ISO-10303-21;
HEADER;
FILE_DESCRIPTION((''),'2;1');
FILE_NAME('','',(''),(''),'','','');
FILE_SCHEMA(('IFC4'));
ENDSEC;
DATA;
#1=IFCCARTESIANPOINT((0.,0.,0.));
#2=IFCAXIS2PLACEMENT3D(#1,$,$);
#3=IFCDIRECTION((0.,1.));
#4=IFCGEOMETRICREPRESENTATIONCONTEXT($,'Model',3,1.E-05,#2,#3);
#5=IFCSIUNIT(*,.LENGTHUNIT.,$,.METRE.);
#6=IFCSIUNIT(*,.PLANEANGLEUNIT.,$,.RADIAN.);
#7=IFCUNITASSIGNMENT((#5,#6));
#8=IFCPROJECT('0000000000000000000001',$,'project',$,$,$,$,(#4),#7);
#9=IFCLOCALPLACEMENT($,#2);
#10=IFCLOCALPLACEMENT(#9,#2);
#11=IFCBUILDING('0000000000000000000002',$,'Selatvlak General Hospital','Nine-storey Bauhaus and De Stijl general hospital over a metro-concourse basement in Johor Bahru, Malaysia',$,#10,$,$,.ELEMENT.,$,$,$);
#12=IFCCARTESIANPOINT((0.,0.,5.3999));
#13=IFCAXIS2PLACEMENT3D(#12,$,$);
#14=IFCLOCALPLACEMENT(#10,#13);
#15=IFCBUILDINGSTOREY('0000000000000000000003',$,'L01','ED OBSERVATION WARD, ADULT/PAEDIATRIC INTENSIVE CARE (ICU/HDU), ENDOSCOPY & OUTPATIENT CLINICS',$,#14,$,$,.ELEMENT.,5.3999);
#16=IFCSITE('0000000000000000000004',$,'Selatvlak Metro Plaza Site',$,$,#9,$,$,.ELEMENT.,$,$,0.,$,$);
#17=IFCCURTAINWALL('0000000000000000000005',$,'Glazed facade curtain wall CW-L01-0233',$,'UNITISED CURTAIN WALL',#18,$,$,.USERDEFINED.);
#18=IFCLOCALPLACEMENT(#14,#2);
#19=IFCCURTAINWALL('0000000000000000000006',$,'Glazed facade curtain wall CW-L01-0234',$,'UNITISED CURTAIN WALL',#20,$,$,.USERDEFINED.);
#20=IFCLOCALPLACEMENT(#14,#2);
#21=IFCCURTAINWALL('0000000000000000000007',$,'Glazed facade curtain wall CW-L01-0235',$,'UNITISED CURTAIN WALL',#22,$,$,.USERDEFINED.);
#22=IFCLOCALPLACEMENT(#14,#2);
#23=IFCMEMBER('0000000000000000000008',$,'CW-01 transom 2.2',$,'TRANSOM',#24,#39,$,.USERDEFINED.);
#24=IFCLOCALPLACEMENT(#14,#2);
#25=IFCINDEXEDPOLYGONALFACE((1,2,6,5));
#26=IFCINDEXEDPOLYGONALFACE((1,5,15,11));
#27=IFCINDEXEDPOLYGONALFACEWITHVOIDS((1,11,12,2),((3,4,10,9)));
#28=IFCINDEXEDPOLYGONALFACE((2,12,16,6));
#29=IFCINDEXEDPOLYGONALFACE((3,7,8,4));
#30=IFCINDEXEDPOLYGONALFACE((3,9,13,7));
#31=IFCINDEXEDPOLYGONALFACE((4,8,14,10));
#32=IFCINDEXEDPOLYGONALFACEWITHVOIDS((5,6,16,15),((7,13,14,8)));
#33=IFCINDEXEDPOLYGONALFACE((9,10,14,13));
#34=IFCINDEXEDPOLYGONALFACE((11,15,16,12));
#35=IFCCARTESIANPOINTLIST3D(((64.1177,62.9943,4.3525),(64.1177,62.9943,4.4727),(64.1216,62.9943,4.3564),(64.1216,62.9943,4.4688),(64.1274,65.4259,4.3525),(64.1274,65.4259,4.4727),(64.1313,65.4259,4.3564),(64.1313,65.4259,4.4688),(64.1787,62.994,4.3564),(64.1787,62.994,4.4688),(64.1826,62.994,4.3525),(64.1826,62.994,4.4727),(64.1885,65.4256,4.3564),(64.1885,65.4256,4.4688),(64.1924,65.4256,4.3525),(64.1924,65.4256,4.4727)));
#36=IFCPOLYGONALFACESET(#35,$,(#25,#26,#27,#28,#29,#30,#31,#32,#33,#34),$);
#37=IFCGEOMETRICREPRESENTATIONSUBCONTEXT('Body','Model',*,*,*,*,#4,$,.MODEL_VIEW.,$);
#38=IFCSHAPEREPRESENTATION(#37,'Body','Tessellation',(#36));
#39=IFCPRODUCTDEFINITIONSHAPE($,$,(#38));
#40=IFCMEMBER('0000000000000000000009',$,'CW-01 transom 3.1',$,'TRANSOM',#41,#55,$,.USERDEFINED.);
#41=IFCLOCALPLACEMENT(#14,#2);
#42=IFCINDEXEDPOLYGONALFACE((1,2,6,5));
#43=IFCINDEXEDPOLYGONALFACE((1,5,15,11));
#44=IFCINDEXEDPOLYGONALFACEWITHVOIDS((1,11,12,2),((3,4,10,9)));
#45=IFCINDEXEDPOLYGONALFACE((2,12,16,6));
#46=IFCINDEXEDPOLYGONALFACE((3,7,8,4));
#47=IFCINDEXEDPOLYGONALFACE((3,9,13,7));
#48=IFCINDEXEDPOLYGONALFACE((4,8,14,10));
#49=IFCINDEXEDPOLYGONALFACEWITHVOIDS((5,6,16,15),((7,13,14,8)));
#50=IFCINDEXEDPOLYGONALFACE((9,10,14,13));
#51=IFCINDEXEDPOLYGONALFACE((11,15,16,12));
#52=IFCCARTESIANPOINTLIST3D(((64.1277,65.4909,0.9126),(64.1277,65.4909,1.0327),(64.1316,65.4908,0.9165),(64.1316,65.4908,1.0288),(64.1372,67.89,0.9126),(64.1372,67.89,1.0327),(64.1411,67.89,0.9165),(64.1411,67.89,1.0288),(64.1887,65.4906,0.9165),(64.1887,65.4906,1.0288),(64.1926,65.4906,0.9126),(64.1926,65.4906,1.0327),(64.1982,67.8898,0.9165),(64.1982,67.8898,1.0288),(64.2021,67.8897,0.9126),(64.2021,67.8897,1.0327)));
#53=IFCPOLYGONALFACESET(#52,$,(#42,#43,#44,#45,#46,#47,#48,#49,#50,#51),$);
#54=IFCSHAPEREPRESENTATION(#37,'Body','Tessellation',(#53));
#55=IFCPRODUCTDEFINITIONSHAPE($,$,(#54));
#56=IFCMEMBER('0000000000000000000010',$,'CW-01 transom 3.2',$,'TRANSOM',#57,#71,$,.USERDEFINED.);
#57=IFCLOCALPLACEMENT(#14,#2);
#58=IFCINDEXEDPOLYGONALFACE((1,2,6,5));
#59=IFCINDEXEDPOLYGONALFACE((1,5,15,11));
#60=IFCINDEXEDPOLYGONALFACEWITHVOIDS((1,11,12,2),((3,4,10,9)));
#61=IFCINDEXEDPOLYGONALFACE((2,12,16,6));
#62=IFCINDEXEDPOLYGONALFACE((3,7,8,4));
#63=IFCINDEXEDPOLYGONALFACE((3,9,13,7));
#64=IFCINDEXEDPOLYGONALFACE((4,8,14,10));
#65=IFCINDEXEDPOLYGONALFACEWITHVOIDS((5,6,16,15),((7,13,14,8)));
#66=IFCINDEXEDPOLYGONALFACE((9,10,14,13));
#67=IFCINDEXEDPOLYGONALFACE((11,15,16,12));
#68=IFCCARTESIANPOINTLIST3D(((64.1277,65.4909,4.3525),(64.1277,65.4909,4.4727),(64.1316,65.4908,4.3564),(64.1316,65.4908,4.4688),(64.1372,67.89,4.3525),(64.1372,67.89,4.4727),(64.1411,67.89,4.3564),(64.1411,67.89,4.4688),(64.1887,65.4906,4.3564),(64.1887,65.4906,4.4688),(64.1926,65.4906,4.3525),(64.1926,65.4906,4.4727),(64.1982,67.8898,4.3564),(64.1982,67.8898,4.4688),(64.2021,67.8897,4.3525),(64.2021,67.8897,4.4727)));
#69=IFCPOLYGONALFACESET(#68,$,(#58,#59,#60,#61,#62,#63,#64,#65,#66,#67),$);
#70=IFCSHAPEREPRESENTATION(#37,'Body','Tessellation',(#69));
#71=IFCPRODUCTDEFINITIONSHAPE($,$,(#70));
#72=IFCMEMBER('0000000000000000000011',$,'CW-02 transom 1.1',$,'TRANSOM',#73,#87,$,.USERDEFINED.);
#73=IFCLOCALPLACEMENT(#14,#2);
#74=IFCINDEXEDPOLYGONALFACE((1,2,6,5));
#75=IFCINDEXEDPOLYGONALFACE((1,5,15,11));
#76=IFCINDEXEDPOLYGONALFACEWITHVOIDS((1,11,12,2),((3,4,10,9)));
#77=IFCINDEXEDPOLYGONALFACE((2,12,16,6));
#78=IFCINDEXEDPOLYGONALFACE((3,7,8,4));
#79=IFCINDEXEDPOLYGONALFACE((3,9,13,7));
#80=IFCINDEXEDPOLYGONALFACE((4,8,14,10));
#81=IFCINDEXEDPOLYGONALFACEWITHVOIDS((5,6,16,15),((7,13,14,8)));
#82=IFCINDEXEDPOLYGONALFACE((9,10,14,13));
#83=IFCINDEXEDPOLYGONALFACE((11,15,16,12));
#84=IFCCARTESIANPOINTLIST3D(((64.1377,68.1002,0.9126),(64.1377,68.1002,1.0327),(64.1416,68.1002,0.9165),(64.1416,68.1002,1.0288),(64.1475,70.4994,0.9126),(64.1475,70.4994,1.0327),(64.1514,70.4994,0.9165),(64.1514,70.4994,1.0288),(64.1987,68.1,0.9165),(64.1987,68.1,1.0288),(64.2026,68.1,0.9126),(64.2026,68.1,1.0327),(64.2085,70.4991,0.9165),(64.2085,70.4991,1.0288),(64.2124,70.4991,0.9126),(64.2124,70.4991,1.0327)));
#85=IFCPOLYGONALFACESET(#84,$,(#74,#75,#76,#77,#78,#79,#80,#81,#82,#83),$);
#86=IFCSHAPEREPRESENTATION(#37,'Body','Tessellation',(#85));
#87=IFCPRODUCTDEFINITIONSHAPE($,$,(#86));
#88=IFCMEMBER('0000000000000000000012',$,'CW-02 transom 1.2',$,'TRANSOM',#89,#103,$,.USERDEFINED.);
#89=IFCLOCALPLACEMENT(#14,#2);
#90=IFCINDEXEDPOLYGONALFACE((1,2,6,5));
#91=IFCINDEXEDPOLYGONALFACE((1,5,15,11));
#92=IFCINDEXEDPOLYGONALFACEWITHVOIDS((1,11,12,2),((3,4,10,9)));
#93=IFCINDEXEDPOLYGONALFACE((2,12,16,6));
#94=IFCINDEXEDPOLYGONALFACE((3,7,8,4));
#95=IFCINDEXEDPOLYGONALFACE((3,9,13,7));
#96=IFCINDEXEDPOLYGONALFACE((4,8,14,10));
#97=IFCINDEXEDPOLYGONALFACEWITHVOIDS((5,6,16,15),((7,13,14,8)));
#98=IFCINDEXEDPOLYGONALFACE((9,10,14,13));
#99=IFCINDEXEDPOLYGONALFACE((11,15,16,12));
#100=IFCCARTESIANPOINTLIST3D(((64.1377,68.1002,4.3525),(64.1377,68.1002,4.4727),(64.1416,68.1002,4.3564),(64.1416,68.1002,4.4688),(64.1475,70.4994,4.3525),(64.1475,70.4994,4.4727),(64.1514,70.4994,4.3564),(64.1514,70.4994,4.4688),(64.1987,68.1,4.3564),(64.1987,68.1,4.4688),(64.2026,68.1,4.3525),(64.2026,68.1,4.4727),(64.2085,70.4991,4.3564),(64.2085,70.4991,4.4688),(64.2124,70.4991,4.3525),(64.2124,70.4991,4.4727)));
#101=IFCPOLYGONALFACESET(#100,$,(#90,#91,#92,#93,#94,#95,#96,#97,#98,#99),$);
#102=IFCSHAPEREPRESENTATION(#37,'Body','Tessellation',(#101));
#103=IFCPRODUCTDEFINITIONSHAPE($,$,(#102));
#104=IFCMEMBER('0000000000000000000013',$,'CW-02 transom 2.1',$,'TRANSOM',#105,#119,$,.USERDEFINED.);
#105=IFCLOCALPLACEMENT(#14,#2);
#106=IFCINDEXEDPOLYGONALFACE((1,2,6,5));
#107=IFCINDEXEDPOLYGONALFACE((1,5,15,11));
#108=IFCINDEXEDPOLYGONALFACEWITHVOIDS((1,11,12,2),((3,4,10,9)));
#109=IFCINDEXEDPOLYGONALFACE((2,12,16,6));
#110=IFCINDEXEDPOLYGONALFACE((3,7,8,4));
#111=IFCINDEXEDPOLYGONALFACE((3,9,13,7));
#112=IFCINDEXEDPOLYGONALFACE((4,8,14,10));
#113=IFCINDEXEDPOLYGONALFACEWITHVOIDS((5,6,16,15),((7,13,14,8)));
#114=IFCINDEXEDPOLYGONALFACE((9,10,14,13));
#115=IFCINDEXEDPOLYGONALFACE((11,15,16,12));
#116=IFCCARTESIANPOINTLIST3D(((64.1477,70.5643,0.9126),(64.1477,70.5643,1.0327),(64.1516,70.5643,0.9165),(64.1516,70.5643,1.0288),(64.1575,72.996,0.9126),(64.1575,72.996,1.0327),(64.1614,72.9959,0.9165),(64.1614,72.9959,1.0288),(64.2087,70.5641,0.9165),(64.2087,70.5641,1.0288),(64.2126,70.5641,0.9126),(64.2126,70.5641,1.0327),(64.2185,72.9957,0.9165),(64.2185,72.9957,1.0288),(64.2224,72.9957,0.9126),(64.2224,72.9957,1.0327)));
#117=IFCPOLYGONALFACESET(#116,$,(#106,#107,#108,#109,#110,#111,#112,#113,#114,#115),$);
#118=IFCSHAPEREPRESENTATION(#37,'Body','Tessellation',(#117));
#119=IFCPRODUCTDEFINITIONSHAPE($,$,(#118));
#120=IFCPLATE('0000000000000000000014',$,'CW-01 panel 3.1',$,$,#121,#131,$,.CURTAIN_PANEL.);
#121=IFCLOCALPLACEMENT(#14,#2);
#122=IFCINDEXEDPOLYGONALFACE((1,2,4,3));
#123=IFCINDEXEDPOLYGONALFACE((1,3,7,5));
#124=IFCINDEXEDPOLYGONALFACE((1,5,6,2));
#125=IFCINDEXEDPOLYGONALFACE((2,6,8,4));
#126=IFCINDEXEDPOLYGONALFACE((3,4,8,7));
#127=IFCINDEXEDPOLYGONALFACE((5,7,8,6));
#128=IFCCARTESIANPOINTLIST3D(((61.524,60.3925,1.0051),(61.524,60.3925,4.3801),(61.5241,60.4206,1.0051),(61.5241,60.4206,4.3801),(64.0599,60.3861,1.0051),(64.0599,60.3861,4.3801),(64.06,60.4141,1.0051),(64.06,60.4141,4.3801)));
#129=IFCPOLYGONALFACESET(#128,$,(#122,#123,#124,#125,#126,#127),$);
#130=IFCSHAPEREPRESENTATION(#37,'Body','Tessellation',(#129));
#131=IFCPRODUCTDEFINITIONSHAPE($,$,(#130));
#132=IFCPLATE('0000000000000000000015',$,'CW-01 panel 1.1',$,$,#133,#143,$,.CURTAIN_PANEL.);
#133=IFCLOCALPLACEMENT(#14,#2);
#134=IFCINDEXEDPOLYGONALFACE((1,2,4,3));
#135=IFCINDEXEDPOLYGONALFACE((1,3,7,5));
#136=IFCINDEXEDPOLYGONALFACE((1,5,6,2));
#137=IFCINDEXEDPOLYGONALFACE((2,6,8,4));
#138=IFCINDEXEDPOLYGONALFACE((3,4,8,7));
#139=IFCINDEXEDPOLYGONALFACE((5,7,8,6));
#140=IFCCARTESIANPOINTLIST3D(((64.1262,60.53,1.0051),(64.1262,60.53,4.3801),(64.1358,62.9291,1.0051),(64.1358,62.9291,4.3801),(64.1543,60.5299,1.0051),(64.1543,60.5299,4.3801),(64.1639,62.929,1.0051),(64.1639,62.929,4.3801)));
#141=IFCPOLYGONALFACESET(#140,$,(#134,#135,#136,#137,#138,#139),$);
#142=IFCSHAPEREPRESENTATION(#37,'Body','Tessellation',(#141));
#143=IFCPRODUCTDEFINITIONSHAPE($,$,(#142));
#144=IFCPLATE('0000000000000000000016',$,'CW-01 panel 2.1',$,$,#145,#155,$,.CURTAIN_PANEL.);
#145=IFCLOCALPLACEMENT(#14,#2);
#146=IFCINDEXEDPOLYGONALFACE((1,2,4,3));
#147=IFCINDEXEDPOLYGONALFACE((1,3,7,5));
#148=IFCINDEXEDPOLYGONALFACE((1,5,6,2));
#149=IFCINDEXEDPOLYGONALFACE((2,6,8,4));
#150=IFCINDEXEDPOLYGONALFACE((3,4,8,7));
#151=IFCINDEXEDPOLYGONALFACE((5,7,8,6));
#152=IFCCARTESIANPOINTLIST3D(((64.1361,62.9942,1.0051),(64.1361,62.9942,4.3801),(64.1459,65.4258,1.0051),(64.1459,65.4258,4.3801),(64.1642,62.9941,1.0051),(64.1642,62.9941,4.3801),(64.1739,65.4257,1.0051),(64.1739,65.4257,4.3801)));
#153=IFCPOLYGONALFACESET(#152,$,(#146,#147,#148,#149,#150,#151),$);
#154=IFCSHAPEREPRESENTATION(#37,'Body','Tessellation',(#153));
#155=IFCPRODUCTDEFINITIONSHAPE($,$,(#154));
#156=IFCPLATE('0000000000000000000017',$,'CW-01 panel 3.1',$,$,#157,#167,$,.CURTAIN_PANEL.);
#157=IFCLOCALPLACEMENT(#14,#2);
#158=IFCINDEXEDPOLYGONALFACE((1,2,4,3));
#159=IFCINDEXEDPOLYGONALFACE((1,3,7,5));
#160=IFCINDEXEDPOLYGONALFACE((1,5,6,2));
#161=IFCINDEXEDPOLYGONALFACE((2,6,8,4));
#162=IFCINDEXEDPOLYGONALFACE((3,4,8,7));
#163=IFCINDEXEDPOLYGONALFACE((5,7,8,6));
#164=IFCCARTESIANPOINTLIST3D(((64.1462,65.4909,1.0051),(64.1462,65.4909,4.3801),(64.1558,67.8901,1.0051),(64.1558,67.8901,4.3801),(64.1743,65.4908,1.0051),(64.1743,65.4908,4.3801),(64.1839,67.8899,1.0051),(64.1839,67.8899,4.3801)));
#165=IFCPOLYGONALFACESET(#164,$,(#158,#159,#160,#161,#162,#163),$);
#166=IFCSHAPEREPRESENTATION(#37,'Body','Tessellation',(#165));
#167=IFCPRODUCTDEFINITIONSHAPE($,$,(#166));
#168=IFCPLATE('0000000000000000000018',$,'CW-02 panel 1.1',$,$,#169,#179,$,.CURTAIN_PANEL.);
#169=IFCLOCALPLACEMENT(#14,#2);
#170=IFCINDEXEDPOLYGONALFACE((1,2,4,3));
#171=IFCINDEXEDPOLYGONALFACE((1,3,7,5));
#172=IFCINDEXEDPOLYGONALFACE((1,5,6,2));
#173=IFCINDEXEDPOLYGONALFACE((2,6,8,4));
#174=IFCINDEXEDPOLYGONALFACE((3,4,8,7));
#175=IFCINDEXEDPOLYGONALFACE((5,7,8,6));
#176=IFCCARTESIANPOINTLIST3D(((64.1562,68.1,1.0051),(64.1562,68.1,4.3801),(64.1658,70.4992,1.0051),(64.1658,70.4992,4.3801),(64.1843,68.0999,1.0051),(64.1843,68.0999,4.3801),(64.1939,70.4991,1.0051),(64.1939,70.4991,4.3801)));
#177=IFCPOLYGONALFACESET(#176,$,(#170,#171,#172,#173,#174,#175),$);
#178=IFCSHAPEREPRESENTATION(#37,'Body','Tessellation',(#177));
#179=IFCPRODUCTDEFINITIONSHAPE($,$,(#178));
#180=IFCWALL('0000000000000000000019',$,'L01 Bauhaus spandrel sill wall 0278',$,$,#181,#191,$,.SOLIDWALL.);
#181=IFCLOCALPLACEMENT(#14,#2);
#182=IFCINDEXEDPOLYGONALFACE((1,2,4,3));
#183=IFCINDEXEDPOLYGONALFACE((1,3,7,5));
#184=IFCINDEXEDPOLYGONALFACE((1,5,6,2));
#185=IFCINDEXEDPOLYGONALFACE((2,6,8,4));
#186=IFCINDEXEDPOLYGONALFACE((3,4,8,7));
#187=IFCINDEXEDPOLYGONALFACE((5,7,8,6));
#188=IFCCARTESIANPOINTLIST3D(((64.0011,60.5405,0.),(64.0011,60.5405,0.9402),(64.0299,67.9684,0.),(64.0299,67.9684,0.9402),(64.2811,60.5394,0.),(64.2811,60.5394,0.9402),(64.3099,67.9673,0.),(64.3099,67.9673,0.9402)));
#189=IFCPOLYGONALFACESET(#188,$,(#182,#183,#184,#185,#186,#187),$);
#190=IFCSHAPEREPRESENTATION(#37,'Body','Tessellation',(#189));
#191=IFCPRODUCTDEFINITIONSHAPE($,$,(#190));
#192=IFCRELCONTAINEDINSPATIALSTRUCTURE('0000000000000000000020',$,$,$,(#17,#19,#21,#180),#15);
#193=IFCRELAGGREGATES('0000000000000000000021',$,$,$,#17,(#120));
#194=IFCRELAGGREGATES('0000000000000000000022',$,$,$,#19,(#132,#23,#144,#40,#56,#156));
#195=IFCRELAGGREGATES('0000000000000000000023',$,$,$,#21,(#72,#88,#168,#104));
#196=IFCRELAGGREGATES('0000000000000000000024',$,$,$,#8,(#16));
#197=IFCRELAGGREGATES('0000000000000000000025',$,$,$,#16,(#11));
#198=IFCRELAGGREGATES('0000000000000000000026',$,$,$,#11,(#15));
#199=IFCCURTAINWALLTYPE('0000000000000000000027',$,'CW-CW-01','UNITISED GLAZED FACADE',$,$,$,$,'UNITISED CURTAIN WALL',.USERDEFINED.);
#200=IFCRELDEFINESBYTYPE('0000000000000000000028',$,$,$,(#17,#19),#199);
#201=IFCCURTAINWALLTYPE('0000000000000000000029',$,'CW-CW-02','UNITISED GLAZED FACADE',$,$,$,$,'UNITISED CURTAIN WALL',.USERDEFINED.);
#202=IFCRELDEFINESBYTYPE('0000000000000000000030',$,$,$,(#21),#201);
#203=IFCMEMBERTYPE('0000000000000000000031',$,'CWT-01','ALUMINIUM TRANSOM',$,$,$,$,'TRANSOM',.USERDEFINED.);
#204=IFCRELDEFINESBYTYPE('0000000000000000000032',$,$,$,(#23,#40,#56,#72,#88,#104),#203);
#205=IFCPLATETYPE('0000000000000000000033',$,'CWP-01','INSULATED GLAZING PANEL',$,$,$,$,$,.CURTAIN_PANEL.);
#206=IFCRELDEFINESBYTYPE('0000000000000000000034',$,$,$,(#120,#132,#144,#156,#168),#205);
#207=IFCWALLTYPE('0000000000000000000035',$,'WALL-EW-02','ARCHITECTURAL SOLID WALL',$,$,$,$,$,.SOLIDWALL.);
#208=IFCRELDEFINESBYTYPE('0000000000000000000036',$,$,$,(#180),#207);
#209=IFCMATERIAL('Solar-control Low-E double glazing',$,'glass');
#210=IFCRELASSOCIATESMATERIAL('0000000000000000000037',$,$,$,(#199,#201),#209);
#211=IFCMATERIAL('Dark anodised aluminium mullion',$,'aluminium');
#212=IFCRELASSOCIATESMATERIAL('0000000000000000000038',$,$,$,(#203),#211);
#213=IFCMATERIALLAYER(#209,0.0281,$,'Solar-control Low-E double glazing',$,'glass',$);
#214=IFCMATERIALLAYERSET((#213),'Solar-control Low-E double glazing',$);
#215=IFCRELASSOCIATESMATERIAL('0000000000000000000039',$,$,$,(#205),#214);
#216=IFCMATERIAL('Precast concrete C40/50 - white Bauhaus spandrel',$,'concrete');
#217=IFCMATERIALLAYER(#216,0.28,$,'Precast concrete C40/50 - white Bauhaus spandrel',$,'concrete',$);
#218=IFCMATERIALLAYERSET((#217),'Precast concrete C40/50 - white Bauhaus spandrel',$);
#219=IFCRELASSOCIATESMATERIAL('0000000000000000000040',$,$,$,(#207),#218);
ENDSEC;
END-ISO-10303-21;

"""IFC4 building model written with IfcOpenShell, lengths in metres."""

from ifc_helpers import new_model, si_unit, direction, frame, frame_2d, origin, origin_2d, place, context, subcontext, project, spatial, rectangle, hollow_rectangle, extrude, material, layer, layer_set, material_profile, profile_set, type_object, element, aggregate, save


model = new_model("IFC4")

# Units and contexts
model_context = context("Model", 3, precision=1e-05, world=origin(), true_north=direction((0.0, 1.0)))
body_context = subcontext(model_context, "Body", "Model", "MODEL_VIEW")
ifc_project = project(units=[si_unit("LENGTHUNIT", "METRE"), si_unit("PLANEANGLEUNIT", "RADIAN")], contexts=[model_context])

# Site, building, storey
site_placement = place(None, origin())
site = spatial("IfcSite", under=ifc_project, at=site_placement, Name="Selatvlak Metro Plaza Site", CompositionType="ELEMENT", RefElevation=0.0)
building_placement = place(site_placement, origin())
building = spatial("IfcBuilding", under=site, at=building_placement, Name="Selatvlak General Hospital", Description="Nine-storey Bauhaus and De Stijl general hospital over a metro-concourse basement in Johor Bahru, Malaysia", CompositionType="ELEMENT")
storey_placement = place(building_placement, frame((0.0, 0.0, 5.3999)))
storey = spatial("IfcBuildingStorey", under=building, at=storey_placement, Name="L01", Description="ED OBSERVATION WARD, ADULT/PAEDIATRIC INTENSIVE CARE (ICU/HDU), ENDOSCOPY & OUTPATIENT CLINICS", CompositionType="ELEMENT", Elevation=5.3999)

# Curtain wall
ifc_material_1 = material(Name="Solar-control Low-E double glazing", Category="glass")
curtain_wall_type_1 = type_object("IfcCurtainWallType", Name="CW-CW-01", Description="UNITISED GLAZED FACADE", ElementType="UNITISED CURTAIN WALL", PredefinedType="USERDEFINED", material=ifc_material_1)
curtain_wall_1_placement = place(storey_placement, origin())
curtain_wall_1 = element("IfcCurtainWall", 1, at=curtain_wall_1_placement, inside=storey, type_object=curtain_wall_type_1, Name="Glazed facade curtain wall CW-L01-0233", ObjectType="UNITISED CURTAIN WALL", PredefinedType="USERDEFINED")
ifc_material_2 = material(Name="Dark anodised aluminium mullion", Category="aluminium")

# Curtain walls
curtain_wall_2_placement = place(storey_placement, origin())
curtain_wall_2 = element("IfcCurtainWall", 2, at=curtain_wall_2_placement, inside=storey, type_object=curtain_wall_type_1, Name="Glazed facade curtain wall CW-L01-0234", ObjectType="UNITISED CURTAIN WALL", PredefinedType="USERDEFINED")
curtain_wall_type_2 = type_object("IfcCurtainWallType", Name="CW-CW-02", Description="UNITISED GLAZED FACADE", ElementType="UNITISED CURTAIN WALL", PredefinedType="USERDEFINED", material=ifc_material_1)
curtain_wall_3_placement = place(storey_placement, origin())
curtain_wall_3 = element("IfcCurtainWall", 3, at=curtain_wall_3_placement, inside=storey, type_object=curtain_wall_type_2, Name="Glazed facade curtain wall CW-L01-0235", ObjectType="UNITISED CURTAIN WALL", PredefinedType="USERDEFINED")

# Members
ifc_material_profile_1 = material_profile(ifc_material_2, hollow_rectangle(XDim=0.0649, YDim=0.1201, WallThickness=0.0039, at=origin_2d()), Name="AL-TRN 65x120x4")
ifc_profile_set_1 = profile_set([ifc_material_profile_1], Name="Dark anodised aluminium mullion")
member_type_1 = type_object("IfcMemberType", Name="CWT-01", Description="ALUMINIUM TRANSOM", ElementType="TRANSOM", PredefinedType="USERDEFINED", material=ifc_profile_set_1)
member_1_placement = place(storey_placement, frame((64.1501, 62.9941, 4.4126), z_axis=(0.004016, 0.999992, 0.0), x_axis=(-0.999992, 0.004016, 0.0)))
member_1 = element("IfcMember", 4, at=member_1_placement, type_object=member_type_1, Name="CW-01 transom 2.2", ObjectType="TRANSOM", PredefinedType="USERDEFINED", context=body_context, shape_type="SweptSolid", body=[
    extrude(hollow_rectangle(XDim=0.0649, YDim=0.1201, WallThickness=0.0039, at=origin_2d()), origin(), (0.0, 0.0, 1.0), 2.4316),
])
member_2_placement = place(storey_placement, frame((64.1602, 65.4907, 0.9727), z_axis=(0.003969, 0.999992, 0.0), x_axis=(-0.999992, 0.003969, 0.0)))
member_2 = element("IfcMember", 5, at=member_2_placement, type_object=member_type_1, Name="CW-01 transom 3.1", ObjectType="TRANSOM", PredefinedType="USERDEFINED", context=body_context, shape_type="SweptSolid", body=[
    extrude(hollow_rectangle(XDim=0.0649, YDim=0.1201, WallThickness=0.0039, at=origin_2d()), origin(), (0.0, 0.0, 1.0), 2.3992),
])
member_3_placement = place(storey_placement, frame((64.1602, 65.4907, 4.4126), z_axis=(0.003969, 0.999992, 0.0), x_axis=(-0.999992, 0.003969, 0.0)))
member_3 = element("IfcMember", 6, at=member_3_placement, type_object=member_type_1, Name="CW-01 transom 3.2", ObjectType="TRANSOM", PredefinedType="USERDEFINED", context=body_context, shape_type="SweptSolid", body=[
    extrude(hollow_rectangle(XDim=0.0649, YDim=0.1201, WallThickness=0.0039, at=origin_2d()), origin(), (0.0, 0.0, 1.0), 2.3992),
])
member_4_placement = place(storey_placement, frame((64.1702, 68.1001, 0.9727), z_axis=(0.00407, 0.999992, 0.0), x_axis=(-0.999992, 0.00407, 0.0)))
member_4 = element("IfcMember", 7, at=member_4_placement, type_object=member_type_1, Name="CW-02 transom 1.1", ObjectType="TRANSOM", PredefinedType="USERDEFINED", context=body_context, shape_type="SweptSolid", body=[
    extrude(hollow_rectangle(XDim=0.0649, YDim=0.1201, WallThickness=0.0039, at=origin_2d()), origin(), (0.0, 0.0, 1.0), 2.3992),
])
member_5_placement = place(storey_placement, frame((64.1702, 68.1001, 4.4126), z_axis=(0.00407, 0.999992, 0.0), x_axis=(-0.999992, 0.00407, 0.0)))
member_5 = element("IfcMember", 8, at=member_5_placement, type_object=member_type_1, Name="CW-02 transom 1.2", ObjectType="TRANSOM", PredefinedType="USERDEFINED", context=body_context, shape_type="SweptSolid", body=[
    extrude(hollow_rectangle(XDim=0.0649, YDim=0.1201, WallThickness=0.0039, at=origin_2d()), origin(), (0.0, 0.0, 1.0), 2.3992),
])
member_6_placement = place(storey_placement, frame((64.1802, 70.5642, 0.9727), z_axis=(0.004016, 0.999992, 0.0), x_axis=(-0.999992, 0.004016, 0.0)))
member_6 = element("IfcMember", 9, at=member_6_placement, type_object=member_type_1, Name="CW-02 transom 2.1", ObjectType="TRANSOM", PredefinedType="USERDEFINED", context=body_context, shape_type="SweptSolid", body=[
    extrude(hollow_rectangle(XDim=0.0649, YDim=0.1201, WallThickness=0.0039, at=origin_2d()), origin(), (0.0, 0.0, 1.0), 2.4316),
])

# Plates
ifc_layer_1 = layer(ifc_material_1, 0.0281, Name="Solar-control Low-E double glazing", Category="glass")
ifc_layer_set_1 = layer_set([ifc_layer_1], Name="Solar-control Low-E double glazing")
plate_type = type_object("IfcPlateType", Name="CWP-01", Description="INSULATED GLAZING PANEL", PredefinedType="CURTAIN_PANEL", material=ifc_layer_set_1)
plate_1_placement = place(storey_placement, frame((62.792, 60.4033, 1.0051), z_axis=(0.0, 0.0, 1.0), x_axis=(0.999997, -0.002532, 0.0)))
plate_1 = element("IfcPlate", 10, at=plate_1_placement, type_object=plate_type, Name="CW-01 panel 3.1", PredefinedType="CURTAIN_PANEL", context=body_context, shape_type="SweptSolid", body=[
    extrude(rectangle(XDim=2.5359, YDim=0.0281, at=origin_2d()), origin(), (0.0, 0.0, 1.0), 3.375),
])
aggregate(curtain_wall_1, [plate_1])
plate_2_placement = place(storey_placement, frame((64.145, 61.7295, 1.0051), z_axis=(0.0, 0.0, 1.0), x_axis=(0.004005, 0.999992, 0.0)))
plate_2 = element("IfcPlate", 11, at=plate_2_placement, type_object=plate_type, Name="CW-01 panel 1.1", PredefinedType="CURTAIN_PANEL", context=body_context, shape_type="SweptSolid", body=[
    extrude(rectangle(XDim=2.3992, YDim=0.0281, at=origin_2d()), origin(), (0.0, 0.0, 1.0), 3.375),
])
plate_3_placement = place(storey_placement, frame((64.155, 64.21, 1.0051), z_axis=(0.0, 0.0, 1.0), x_axis=(0.004005, 0.999992, 0.0)))
plate_3 = element("IfcPlate", 12, at=plate_3_placement, type_object=plate_type, Name="CW-01 panel 2.1", PredefinedType="CURTAIN_PANEL", context=body_context, shape_type="SweptSolid", body=[
    extrude(rectangle(XDim=2.4316, YDim=0.0281, at=origin_2d()), origin(), (0.0, 0.0, 1.0), 3.375),
])
plate_4_placement = place(storey_placement, frame((64.165, 66.6904, 1.0051), z_axis=(0.0, 0.0, 1.0), x_axis=(0.004005, 0.999992, 0.0)))
plate_4 = element("IfcPlate", 13, at=plate_4_placement, type_object=plate_type, Name="CW-01 panel 3.1", PredefinedType="CURTAIN_PANEL", context=body_context, shape_type="SweptSolid", body=[
    extrude(rectangle(XDim=2.3992, YDim=0.0281, at=origin_2d()), origin(), (0.0, 0.0, 1.0), 3.375),
])
aggregate(curtain_wall_2, [plate_2, member_1, plate_3, member_2, member_3, plate_4])
plate_5_placement = place(storey_placement, frame((64.175, 69.2996, 1.0051), z_axis=(0.0, 0.0, 1.0), x_axis=(0.004005, 0.999992, 0.0)))
plate_5 = element("IfcPlate", 14, at=plate_5_placement, type_object=plate_type, Name="CW-02 panel 1.1", PredefinedType="CURTAIN_PANEL", context=body_context, shape_type="SweptSolid", body=[
    extrude(rectangle(XDim=2.3992, YDim=0.0281, at=origin_2d()), origin(), (0.0, 0.0, 1.0), 3.375),
])
aggregate(curtain_wall_3, [member_4, member_5, plate_5, member_6])

# Wall
ifc_material_3 = material(Name="Precast concrete C40/50 - white Bauhaus spandrel", Category="concrete")
ifc_layer_2 = layer(ifc_material_3, 0.28, Name="Precast concrete C40/50 - white Bauhaus spandrel", Category="concrete")
ifc_layer_set_2 = layer_set([ifc_layer_2], Name="Precast concrete C40/50 - white Bauhaus spandrel")
wall_type = type_object("IfcWallType", Name="WALL-EW-02", Description="ARCHITECTURAL SOLID WALL", PredefinedType="SOLIDWALL", material=ifc_layer_set_2)
for number, where, z_axis, x_axis, name in (
    (15, (64.1411, 60.54, 0.0), (0.0, 0.0, 1.0), (0.003878, 0.999992, 0.0), "L01 Bauhaus spandrel sill wall 0278"),
):
    element("IfcWall", number, at=place(storey_placement, frame(where, z_axis=z_axis, x_axis=x_axis)), inside=storey, type_object=wall_type, Name=name, PredefinedType="SOLIDWALL", context=body_context, shape_type="SweptSolid", body=[
        extrude(rectangle(XDim=7.428, YDim=0.28, at=frame_2d((3.7139, 0.0))), origin(), (0.0, 0.0, 1.0), 0.9402),
    ])

save(model, "model.ifc")
